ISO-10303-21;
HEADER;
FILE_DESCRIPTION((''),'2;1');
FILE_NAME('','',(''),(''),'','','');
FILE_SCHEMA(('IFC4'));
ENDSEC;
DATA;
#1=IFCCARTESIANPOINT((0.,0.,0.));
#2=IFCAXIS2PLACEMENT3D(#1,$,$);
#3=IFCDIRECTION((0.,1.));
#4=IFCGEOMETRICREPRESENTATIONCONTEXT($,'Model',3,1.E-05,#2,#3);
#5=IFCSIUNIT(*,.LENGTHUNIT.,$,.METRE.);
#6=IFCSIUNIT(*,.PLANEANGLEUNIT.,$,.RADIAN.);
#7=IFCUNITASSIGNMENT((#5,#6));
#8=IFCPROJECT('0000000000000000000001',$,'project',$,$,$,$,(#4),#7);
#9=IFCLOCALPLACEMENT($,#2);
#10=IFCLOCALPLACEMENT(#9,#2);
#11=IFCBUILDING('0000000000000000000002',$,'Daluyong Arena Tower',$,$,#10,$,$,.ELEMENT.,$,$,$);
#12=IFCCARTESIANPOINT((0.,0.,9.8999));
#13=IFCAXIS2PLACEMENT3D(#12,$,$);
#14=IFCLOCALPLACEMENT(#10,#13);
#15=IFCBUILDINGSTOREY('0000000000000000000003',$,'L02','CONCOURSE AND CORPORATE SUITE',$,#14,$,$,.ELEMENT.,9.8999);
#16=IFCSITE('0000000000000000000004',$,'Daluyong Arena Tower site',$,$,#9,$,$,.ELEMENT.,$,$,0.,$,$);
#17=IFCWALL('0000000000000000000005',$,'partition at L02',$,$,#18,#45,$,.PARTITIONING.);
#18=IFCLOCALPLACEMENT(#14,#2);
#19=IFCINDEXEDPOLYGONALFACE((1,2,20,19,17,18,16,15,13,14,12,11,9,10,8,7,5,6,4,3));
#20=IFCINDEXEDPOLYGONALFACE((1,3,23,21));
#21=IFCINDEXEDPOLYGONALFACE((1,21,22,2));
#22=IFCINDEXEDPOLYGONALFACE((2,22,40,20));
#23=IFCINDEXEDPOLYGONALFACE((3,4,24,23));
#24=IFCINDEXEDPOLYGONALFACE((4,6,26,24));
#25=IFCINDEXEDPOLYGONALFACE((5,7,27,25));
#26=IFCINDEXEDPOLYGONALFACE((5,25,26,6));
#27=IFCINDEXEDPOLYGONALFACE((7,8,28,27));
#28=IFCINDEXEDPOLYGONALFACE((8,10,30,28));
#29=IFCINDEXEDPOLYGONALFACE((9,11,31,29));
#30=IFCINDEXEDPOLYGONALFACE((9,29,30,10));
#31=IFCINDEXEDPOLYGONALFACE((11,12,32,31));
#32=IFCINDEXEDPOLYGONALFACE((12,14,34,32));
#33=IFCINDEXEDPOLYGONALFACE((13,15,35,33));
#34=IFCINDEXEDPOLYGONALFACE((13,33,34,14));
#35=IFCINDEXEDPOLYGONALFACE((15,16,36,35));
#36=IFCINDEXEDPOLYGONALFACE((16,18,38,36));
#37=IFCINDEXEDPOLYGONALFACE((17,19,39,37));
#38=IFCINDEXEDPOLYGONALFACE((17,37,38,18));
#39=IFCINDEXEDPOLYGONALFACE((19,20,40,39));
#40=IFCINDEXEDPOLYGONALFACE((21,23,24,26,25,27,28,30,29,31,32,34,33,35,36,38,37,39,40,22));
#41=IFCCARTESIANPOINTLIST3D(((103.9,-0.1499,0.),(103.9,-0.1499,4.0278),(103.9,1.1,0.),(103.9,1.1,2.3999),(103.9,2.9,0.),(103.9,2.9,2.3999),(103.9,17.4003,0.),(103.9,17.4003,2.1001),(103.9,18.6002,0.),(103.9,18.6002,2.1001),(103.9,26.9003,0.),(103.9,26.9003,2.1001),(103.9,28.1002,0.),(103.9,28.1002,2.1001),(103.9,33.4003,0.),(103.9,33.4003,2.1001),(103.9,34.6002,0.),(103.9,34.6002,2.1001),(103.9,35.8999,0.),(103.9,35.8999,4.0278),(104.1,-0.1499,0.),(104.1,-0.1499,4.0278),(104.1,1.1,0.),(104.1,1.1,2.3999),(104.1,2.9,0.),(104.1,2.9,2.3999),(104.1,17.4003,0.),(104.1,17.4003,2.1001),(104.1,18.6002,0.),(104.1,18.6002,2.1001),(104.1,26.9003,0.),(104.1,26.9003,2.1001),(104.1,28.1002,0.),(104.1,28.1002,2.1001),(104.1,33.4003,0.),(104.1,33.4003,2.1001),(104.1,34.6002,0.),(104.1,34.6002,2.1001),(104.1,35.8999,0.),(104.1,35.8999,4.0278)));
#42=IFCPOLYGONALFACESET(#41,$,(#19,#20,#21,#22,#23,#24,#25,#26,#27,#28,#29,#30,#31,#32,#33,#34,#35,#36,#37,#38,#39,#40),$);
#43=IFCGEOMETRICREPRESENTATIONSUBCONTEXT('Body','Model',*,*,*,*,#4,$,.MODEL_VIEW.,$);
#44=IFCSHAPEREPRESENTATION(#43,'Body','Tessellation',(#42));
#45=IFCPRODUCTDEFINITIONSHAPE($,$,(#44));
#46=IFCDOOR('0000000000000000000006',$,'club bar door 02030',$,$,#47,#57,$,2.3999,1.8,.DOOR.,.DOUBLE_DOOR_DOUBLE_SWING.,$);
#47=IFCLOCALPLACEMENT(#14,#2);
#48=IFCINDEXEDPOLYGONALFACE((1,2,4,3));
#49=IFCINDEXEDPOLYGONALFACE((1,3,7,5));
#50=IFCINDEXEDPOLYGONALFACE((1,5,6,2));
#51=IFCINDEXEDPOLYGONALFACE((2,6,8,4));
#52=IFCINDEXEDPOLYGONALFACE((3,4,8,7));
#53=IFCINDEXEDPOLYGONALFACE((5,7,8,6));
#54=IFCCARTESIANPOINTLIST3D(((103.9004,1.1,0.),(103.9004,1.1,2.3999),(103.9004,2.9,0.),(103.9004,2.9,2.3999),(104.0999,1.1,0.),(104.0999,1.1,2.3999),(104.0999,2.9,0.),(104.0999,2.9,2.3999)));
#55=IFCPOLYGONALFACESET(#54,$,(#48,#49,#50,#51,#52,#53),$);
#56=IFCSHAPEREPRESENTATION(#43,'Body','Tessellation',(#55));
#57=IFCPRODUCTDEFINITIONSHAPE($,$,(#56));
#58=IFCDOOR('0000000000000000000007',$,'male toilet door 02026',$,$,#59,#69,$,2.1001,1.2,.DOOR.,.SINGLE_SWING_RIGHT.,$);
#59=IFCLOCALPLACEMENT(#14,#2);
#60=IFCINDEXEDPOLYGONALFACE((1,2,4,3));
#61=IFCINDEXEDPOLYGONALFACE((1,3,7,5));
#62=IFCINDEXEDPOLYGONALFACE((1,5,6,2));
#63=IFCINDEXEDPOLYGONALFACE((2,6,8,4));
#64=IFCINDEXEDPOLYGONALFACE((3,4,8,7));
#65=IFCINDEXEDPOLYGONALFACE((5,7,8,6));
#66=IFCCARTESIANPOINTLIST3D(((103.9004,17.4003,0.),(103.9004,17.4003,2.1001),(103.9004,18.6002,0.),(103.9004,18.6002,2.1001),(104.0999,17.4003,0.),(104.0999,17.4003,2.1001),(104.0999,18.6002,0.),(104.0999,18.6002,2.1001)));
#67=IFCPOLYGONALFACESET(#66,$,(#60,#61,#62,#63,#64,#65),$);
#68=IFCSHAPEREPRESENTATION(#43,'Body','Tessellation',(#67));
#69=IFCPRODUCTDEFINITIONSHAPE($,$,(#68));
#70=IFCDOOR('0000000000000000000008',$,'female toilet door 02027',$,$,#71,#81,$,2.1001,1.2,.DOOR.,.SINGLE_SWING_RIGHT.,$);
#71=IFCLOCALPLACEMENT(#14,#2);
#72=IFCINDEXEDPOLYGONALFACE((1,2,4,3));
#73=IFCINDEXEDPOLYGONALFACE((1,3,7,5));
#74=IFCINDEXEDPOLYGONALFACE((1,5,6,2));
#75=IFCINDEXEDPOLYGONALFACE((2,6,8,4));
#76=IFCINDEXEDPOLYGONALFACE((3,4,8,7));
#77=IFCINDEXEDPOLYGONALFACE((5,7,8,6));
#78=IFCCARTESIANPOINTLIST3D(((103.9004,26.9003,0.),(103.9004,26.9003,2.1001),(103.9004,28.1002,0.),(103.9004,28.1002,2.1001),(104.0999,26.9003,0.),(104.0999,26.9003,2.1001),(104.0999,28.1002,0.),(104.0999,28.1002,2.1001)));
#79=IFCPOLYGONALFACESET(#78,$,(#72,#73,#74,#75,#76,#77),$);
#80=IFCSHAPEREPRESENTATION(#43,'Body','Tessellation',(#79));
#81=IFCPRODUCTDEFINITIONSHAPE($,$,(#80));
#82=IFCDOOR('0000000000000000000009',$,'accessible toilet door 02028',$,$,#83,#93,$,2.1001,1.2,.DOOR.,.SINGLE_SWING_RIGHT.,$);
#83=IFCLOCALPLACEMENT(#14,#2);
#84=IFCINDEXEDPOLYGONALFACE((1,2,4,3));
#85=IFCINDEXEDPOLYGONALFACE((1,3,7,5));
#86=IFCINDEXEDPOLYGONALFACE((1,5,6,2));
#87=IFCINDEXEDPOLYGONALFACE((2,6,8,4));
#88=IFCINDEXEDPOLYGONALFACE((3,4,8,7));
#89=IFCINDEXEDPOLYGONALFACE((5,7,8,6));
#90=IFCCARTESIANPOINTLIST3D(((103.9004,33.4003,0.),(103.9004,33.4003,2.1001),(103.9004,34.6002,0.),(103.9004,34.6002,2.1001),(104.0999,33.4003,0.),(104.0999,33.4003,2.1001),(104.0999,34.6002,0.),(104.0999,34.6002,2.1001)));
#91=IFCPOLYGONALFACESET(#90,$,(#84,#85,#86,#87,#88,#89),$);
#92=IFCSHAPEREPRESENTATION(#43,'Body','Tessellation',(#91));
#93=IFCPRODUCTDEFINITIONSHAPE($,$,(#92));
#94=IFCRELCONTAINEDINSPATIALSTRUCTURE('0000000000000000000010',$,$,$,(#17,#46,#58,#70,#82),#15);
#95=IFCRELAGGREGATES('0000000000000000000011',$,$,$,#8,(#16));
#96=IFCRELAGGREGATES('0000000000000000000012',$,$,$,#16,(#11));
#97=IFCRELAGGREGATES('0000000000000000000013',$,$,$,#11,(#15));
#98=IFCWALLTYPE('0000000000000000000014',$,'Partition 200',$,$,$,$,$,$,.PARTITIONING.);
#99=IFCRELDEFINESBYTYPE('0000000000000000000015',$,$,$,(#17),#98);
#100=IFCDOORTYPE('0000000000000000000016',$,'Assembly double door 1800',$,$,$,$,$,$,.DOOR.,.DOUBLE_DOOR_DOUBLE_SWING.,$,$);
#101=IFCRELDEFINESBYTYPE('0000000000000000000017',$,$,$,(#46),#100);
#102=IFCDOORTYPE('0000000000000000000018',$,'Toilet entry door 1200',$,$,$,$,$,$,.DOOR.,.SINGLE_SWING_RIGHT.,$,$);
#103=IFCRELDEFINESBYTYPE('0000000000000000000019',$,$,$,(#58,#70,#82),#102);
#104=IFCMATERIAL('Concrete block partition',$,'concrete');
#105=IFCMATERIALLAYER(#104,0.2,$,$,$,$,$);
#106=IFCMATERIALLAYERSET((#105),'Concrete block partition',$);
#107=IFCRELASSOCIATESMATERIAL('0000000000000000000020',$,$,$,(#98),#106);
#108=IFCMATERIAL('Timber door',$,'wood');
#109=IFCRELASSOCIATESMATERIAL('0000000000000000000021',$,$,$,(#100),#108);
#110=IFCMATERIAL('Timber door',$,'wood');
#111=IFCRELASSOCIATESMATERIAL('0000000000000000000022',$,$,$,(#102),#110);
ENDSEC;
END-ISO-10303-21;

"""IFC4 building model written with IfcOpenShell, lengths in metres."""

from ifc_helpers import new_model, si_unit, direction, frame, frame_2d, origin, place, context, subcontext, project, spatial, rectangle, extrude, material, layer, layer_set, type_object, element, fill, save


model = new_model("IFC4")

# Units and contexts
model_context = context("Model", 3, precision=1e-05, world=origin(), true_north=direction((0.0, 1.0)))
body_context = subcontext(model_context, "Body", "Model", "MODEL_VIEW")
ifc_project = project(units=[si_unit("LENGTHUNIT", "METRE"), si_unit("PLANEANGLEUNIT", "RADIAN")], contexts=[model_context])

# Site, building, storey
site_placement = place(None, origin())
site = spatial("IfcSite", under=ifc_project, at=site_placement, Name="Daluyong Arena Tower site", CompositionType="ELEMENT", RefElevation=0.0)
building_placement = place(site_placement, origin())
building = spatial("IfcBuilding", under=site, at=building_placement, Name="Daluyong Arena Tower", CompositionType="ELEMENT")
storey_placement = place(building_placement, frame((0.0, 0.0, 9.8999)))
storey = spatial("IfcBuildingStorey", under=building, at=storey_placement, Name="L02", Description="CONCOURSE AND CORPORATE SUITE", CompositionType="ELEMENT", Elevation=9.8999)

# Wall, openings, doors
ifc_material_1 = material(Name="Concrete block partition", Category="concrete")
ifc_layer = layer(ifc_material_1, 0.2)
ifc_layer_set = layer_set([ifc_layer], Name="Concrete block partition")
wall_type = type_object("IfcWallType", Name="Partition 200", PredefinedType="PARTITIONING", material=ifc_layer_set)
wall_placement = place(storey_placement, frame((104.0, -0.1499, 0.0), z_axis=(0.0, 0.0, 1.0), x_axis=(0.0, 1.0, 0.0)))
wall = element("IfcWall", 1, at=wall_placement, inside=storey, type_object=wall_type, Name="partition at L02", PredefinedType="PARTITIONING", context=body_context, shape_type="SweptSolid", body=[
    extrude(rectangle(XDim=36.0498, YDim=0.2, at=frame_2d((18.0249, 0.0))), origin(), (0.0, 0.0, 1.0), 4.0278),
])
opening_1_placement = place(wall_placement, frame((17.55, 0.0, 0.0)))
opening_1 = element("IfcOpeningElement", 2, at=opening_1_placement, cuts=wall, PredefinedType="OPENING", context=body_context, shape_type="SweptSolid", body=[
    extrude(rectangle(XDim=1.2, YDim=2.1001, at=frame_2d((0.6001, 1.05))), frame((0.0, 0.1099, 0.0), z_axis=(0.0, -1.0, 0.0), x_axis=(1.0, 0.0, 0.0)), (0.0, 0.0, 1.0), 0.22),
])
opening_2_placement = place(wall_placement, frame((27.05, 0.0, 0.0)))
opening_2 = element("IfcOpeningElement", 3, at=opening_2_placement, cuts=wall, PredefinedType="OPENING", context=body_context, shape_type="SweptSolid", body=[
    extrude(rectangle(XDim=1.2, YDim=2.1001, at=frame_2d((0.6001, 1.05))), frame((0.0, 0.1099, 0.0), z_axis=(0.0, -1.0, 0.0), x_axis=(1.0, 0.0, 0.0)), (0.0, 0.0, 1.0), 0.22),
])
opening_3_placement = place(wall_placement, frame((33.55, 0.0, 0.0)))
opening_3 = element("IfcOpeningElement", 4, at=opening_3_placement, cuts=wall, PredefinedType="OPENING", context=body_context, shape_type="SweptSolid", body=[
    extrude(rectangle(XDim=1.2, YDim=2.1001, at=frame_2d((0.6001, 1.05))), frame((0.0, 0.1099, 0.0), z_axis=(0.0, -1.0, 0.0), x_axis=(1.0, 0.0, 0.0)), (0.0, 0.0, 1.0), 0.22),
])
opening_4_placement = place(wall_placement, frame((1.25, 0.0, 0.0)))
opening_4 = element("IfcOpeningElement", 5, at=opening_4_placement, cuts=wall, PredefinedType="OPENING", context=body_context, shape_type="SweptSolid", body=[
    extrude(rectangle(XDim=1.8, YDim=2.3999, at=frame_2d((0.8999, 1.2))), frame((0.0, 0.1099, 0.0), z_axis=(0.0, -1.0, 0.0), x_axis=(1.0, 0.0, 0.0)), (0.0, 0.0, 1.0), 0.22),
])
ifc_material_2 = material(Name="Timber door", Category="wood")
door_type_1 = type_object("IfcDoorType", Name="Assembly double door 1800", OperationType="DOUBLE_DOOR_DOUBLE_SWING", PredefinedType="DOOR", material=ifc_material_2)
door_1_placement = place(opening_4_placement, origin())
door_1 = element("IfcDoor", 6, at=door_1_placement, inside=storey, type_object=door_type_1, Name="club bar door 02030", OperationType="DOUBLE_DOOR_DOUBLE_SWING", OverallHeight=2.3999, OverallWidth=1.8, PredefinedType="DOOR", context=body_context, shape_type="SweptSolid", body=[
    extrude(rectangle(XDim=1.8, YDim=2.3999, at=frame_2d((0.8999, 1.2))), frame((0.0, 0.0996, 0.0), z_axis=(0.0, -1.0, 0.0), x_axis=(1.0, 0.0, 0.0)), (0.0, 0.0, 1.0), 0.1995),
])
fill(opening_4, door_1)
ifc_material_3 = material(Name="Timber door", Category="wood")
door_type_2 = type_object("IfcDoorType", Name="Toilet entry door 1200", OperationType="SINGLE_SWING_RIGHT", PredefinedType="DOOR", material=ifc_material_3)
door_2_placement = place(opening_1_placement, origin())
door_2 = element("IfcDoor", 7, at=door_2_placement, inside=storey, type_object=door_type_2, Name="male toilet door 02026", OperationType="SINGLE_SWING_RIGHT", OverallHeight=2.1001, OverallWidth=1.2, PredefinedType="DOOR", context=body_context, shape_type="SweptSolid", body=[
    extrude(rectangle(XDim=1.2, YDim=2.1001, at=frame_2d((0.6001, 1.05))), frame((0.0, 0.0996, 0.0), z_axis=(0.0, -1.0, 0.0), x_axis=(1.0, 0.0, 0.0)), (0.0, 0.0, 1.0), 0.1995),
])
fill(opening_1, door_2)
door_3_placement = place(opening_2_placement, origin())
door_3 = element("IfcDoor", 8, at=door_3_placement, inside=storey, type_object=door_type_2, Name="female toilet door 02027", OperationType="SINGLE_SWING_RIGHT", OverallHeight=2.1001, OverallWidth=1.2, PredefinedType="DOOR", context=body_context, shape_type="SweptSolid", body=[
    extrude(rectangle(XDim=1.2, YDim=2.1001, at=frame_2d((0.6001, 1.05))), frame((0.0, 0.0996, 0.0), z_axis=(0.0, -1.0, 0.0), x_axis=(1.0, 0.0, 0.0)), (0.0, 0.0, 1.0), 0.1995),
])
fill(opening_2, door_3)
door_4_placement = place(opening_3_placement, origin())
door_4 = element("IfcDoor", 9, at=door_4_placement, inside=storey, type_object=door_type_2, Name="accessible toilet door 02028", OperationType="SINGLE_SWING_RIGHT", OverallHeight=2.1001, OverallWidth=1.2, PredefinedType="DOOR", context=body_context, shape_type="SweptSolid", body=[
    extrude(rectangle(XDim=1.2, YDim=2.1001, at=frame_2d((0.6001, 1.05))), frame((0.0, 0.0996, 0.0), z_axis=(0.0, -1.0, 0.0), x_axis=(1.0, 0.0, 0.0)), (0.0, 0.0, 1.0), 0.1995),
])
fill(opening_3, door_4)

save(model, "model.ifc")
